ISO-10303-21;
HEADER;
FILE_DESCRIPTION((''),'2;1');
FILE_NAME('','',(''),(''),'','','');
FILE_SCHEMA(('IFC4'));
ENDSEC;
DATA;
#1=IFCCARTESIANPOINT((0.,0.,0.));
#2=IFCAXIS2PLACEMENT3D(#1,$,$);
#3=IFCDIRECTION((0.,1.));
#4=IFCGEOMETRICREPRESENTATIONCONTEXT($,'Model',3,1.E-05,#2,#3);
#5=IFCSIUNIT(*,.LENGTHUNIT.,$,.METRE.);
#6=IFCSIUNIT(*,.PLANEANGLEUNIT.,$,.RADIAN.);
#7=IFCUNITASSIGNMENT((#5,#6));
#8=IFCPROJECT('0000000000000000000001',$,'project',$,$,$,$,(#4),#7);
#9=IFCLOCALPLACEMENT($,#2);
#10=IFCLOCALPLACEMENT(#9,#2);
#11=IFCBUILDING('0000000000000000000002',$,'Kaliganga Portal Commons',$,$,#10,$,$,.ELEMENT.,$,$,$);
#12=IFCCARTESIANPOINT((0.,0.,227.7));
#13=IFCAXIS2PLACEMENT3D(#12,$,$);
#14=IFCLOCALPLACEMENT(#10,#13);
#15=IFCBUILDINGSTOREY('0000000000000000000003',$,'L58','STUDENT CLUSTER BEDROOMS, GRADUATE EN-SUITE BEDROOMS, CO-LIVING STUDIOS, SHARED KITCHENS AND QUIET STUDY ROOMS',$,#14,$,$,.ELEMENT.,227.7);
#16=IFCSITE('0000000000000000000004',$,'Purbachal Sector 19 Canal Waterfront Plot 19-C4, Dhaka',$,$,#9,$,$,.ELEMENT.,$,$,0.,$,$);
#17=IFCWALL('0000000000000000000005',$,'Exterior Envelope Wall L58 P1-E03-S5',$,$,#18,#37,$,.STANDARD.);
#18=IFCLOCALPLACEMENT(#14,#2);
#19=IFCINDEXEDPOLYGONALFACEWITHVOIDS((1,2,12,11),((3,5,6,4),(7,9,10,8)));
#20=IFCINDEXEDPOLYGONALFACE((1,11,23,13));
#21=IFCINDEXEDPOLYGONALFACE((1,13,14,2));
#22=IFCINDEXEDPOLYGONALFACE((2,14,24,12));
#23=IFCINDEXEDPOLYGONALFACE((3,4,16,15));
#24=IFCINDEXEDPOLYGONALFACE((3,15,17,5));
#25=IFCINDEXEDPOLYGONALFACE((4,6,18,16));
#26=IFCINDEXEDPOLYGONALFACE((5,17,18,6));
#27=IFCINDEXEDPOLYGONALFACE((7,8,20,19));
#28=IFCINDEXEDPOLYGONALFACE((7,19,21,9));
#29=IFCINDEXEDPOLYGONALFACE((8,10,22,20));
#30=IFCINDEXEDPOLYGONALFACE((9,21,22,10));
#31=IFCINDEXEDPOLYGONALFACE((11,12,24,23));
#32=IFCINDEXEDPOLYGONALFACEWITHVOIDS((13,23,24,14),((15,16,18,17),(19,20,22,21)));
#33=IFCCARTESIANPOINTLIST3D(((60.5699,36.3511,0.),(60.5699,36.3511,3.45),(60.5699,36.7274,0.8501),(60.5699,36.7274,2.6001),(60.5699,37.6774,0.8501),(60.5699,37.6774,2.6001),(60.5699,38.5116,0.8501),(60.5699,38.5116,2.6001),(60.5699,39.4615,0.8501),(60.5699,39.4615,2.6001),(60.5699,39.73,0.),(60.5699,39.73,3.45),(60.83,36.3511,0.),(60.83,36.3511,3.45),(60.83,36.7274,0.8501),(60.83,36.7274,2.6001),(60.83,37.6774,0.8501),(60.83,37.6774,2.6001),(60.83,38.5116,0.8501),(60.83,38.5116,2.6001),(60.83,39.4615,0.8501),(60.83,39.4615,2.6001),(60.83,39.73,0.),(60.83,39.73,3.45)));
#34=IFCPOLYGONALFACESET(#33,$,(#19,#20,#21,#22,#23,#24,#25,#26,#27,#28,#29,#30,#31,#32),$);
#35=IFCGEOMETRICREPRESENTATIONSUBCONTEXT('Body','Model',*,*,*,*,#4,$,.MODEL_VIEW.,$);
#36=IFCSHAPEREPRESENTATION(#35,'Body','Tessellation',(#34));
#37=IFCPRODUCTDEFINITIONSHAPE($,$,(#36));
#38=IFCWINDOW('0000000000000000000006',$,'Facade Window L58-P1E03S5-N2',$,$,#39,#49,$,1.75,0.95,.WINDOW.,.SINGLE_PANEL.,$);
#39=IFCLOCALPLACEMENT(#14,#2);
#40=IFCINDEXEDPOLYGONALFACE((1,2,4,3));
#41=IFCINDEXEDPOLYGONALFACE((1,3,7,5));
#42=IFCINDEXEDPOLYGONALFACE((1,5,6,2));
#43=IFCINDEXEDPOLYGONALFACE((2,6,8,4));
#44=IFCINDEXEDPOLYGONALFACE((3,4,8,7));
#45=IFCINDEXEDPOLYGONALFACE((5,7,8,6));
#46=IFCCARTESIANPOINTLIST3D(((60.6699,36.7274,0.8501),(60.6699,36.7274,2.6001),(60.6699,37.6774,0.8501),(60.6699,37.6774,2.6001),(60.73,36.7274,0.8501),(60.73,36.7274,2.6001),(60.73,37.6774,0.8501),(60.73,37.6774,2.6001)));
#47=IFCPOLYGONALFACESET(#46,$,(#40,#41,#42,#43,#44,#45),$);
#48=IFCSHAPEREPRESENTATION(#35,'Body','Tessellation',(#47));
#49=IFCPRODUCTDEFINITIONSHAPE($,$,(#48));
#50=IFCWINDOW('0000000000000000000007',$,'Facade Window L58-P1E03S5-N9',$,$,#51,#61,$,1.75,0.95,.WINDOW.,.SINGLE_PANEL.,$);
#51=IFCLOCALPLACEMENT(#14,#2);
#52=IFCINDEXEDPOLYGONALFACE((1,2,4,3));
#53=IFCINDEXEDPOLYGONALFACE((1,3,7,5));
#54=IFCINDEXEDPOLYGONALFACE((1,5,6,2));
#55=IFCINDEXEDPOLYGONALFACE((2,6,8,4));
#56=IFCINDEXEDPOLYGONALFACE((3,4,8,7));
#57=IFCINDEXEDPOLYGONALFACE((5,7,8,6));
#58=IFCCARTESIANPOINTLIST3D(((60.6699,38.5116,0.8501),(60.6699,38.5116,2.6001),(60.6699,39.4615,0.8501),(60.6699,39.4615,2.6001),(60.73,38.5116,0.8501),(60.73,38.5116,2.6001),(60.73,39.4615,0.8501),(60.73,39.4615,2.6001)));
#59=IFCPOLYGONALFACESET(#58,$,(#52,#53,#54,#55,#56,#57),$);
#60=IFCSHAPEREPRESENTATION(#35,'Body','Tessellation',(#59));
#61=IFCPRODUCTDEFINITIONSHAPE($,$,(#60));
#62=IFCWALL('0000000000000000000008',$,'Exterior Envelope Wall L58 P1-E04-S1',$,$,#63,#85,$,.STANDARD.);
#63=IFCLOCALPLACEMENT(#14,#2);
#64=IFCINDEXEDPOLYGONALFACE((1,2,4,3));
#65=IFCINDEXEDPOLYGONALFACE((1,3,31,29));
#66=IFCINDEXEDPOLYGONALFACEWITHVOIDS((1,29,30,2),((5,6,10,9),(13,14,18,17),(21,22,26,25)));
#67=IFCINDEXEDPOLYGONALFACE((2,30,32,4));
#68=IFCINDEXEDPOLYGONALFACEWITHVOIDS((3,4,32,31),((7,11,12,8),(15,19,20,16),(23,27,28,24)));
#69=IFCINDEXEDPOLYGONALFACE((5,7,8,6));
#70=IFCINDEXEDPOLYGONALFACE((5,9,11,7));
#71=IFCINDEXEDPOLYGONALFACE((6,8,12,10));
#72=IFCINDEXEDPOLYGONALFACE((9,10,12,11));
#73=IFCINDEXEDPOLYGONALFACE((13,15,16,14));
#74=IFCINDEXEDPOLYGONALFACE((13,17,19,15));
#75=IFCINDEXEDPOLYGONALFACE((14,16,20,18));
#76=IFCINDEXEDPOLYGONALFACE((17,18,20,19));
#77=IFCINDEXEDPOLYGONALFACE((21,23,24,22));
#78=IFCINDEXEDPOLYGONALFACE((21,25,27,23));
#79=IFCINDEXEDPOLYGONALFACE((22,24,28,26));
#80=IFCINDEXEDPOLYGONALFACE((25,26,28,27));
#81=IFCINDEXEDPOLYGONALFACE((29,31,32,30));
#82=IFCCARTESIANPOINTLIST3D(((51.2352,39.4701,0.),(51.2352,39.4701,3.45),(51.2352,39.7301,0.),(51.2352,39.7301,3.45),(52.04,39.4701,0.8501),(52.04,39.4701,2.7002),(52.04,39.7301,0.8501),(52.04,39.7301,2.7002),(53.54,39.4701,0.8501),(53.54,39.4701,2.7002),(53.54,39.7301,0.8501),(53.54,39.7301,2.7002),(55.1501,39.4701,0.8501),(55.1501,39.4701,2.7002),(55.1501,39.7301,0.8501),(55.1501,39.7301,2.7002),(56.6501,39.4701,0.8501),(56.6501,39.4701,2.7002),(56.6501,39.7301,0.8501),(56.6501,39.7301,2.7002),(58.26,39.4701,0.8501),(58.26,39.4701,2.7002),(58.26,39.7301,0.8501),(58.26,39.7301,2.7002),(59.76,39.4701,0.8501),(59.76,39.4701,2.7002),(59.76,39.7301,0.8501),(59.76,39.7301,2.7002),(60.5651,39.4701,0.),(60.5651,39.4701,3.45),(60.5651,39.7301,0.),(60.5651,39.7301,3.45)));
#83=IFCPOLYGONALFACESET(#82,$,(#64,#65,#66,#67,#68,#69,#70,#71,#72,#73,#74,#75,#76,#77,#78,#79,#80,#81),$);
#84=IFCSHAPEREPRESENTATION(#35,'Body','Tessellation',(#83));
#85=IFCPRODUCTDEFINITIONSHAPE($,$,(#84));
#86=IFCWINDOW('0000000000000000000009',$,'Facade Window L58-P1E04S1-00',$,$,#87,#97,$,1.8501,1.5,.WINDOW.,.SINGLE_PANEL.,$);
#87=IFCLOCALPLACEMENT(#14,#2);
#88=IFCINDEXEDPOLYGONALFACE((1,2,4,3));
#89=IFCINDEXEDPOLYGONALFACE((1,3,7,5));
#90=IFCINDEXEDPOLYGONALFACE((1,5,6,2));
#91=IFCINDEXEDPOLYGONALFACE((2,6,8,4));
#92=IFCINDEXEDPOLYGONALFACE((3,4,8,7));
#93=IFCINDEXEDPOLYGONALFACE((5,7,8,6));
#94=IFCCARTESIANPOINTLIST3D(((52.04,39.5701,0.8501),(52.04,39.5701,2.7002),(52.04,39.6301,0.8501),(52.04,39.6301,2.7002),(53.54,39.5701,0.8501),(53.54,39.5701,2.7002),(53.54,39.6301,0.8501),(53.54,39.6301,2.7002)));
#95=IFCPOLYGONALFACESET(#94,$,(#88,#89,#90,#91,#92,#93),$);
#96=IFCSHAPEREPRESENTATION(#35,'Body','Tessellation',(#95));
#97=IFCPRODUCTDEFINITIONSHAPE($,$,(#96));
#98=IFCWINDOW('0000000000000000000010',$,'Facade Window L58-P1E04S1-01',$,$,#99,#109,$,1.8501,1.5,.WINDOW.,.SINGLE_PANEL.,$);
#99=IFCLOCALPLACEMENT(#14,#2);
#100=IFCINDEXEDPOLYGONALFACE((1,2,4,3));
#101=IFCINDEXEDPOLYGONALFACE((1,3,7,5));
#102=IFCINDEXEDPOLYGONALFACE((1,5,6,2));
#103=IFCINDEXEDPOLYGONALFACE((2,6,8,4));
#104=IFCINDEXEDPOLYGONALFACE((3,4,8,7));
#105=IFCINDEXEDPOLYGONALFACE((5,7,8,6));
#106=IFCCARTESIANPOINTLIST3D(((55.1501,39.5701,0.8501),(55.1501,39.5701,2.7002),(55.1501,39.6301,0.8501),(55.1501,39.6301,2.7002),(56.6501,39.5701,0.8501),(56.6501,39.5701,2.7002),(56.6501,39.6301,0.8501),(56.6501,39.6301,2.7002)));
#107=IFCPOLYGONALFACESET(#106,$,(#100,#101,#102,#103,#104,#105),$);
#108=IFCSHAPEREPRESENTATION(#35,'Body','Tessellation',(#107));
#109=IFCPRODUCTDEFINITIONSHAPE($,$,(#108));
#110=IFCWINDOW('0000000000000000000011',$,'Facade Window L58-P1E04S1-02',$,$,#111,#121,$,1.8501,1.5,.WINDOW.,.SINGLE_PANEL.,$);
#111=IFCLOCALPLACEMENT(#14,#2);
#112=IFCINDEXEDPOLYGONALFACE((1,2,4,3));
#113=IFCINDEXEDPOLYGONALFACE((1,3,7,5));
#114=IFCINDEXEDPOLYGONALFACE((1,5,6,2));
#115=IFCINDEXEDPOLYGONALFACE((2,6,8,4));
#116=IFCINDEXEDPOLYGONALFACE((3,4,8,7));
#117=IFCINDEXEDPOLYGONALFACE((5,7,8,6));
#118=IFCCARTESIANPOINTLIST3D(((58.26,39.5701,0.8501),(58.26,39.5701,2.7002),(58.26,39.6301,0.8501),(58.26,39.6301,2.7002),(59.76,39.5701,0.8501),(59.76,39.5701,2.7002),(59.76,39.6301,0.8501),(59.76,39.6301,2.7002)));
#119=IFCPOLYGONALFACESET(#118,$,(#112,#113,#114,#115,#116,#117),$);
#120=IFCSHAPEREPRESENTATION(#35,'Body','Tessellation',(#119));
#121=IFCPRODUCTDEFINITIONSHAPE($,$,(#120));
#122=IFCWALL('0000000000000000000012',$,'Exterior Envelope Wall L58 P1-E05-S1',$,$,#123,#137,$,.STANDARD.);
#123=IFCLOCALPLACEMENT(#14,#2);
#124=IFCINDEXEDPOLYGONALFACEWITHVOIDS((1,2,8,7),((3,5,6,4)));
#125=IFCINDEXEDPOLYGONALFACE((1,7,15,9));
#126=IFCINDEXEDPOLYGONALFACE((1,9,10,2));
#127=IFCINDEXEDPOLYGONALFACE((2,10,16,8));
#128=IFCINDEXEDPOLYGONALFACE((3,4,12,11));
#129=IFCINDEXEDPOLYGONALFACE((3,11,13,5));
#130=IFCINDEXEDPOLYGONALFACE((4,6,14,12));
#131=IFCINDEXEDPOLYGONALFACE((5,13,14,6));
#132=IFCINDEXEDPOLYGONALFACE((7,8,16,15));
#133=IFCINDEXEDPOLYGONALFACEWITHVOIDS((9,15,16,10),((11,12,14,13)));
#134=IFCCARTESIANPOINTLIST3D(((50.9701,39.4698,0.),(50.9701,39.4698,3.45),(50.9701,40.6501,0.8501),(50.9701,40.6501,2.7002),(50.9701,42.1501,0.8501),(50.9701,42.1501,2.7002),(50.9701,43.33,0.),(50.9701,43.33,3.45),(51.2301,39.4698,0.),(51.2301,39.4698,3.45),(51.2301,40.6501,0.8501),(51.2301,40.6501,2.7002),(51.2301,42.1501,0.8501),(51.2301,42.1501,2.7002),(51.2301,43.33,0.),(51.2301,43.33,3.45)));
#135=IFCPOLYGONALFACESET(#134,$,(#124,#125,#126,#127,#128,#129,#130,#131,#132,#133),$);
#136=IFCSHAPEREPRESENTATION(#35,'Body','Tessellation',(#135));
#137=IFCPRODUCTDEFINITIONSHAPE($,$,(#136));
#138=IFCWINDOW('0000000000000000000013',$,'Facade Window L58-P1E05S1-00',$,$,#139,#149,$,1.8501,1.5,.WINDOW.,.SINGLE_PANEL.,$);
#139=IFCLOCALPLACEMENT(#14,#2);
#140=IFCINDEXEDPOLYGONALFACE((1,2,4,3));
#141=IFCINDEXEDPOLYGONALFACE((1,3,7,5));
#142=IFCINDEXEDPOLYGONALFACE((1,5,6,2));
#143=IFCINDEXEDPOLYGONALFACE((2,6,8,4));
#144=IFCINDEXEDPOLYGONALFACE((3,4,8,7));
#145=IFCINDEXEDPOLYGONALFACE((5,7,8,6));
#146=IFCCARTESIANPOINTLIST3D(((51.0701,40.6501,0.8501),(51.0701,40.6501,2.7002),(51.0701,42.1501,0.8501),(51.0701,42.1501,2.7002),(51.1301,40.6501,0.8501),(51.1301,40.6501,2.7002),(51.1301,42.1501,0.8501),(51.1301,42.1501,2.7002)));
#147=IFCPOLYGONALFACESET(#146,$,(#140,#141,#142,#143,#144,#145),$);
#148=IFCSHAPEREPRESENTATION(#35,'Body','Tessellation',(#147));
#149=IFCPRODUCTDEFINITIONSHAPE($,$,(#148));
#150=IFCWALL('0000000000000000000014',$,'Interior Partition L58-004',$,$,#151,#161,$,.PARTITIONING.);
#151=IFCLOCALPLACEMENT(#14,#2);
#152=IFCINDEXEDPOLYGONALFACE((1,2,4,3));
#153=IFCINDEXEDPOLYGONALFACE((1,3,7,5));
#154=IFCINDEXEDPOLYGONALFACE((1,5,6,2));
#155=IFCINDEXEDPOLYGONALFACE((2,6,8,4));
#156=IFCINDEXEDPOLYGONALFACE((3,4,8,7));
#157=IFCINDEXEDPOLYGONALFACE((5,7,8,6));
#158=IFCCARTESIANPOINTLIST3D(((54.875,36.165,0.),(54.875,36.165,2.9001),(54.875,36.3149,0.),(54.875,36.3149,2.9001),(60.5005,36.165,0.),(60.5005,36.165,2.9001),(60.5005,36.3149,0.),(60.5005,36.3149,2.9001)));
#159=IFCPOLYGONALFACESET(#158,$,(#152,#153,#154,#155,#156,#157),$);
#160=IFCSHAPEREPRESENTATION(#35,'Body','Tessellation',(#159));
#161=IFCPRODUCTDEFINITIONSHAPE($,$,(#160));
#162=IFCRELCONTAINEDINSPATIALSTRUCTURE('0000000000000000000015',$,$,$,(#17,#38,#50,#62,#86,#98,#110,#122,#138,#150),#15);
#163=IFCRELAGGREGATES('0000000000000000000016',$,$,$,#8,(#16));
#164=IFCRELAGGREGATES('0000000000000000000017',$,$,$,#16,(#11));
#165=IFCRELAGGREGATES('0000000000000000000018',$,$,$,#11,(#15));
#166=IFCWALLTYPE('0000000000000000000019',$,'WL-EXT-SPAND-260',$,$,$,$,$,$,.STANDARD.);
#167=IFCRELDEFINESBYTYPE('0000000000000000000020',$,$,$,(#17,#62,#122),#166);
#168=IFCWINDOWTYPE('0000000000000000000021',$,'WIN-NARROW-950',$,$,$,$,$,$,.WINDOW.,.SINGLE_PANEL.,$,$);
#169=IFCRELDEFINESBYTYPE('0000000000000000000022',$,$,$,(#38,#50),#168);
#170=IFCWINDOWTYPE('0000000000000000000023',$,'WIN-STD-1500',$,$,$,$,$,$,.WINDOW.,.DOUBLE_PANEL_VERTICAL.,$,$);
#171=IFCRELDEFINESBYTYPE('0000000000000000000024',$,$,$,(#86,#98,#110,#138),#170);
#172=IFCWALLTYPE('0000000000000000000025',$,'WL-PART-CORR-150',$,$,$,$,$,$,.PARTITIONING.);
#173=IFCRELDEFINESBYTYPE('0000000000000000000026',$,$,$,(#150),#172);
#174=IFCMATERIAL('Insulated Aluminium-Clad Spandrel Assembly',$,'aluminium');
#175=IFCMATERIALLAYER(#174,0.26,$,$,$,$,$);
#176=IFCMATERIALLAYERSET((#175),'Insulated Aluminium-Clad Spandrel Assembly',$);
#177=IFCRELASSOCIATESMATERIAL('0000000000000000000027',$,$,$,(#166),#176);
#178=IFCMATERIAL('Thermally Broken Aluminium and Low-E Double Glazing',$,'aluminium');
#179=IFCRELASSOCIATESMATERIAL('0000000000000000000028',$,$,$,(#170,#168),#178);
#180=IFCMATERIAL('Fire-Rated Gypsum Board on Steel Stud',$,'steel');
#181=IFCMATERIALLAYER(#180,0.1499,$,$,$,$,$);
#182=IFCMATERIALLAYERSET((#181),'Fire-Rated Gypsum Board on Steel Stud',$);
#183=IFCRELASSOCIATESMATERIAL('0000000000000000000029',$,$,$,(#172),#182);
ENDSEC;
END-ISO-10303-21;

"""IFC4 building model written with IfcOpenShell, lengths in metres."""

from ifc_helpers import new_model, si_unit, direction, frame, frame_2d, origin, place, context, subcontext, project, spatial, rectangle, extrude, material, layer, layer_set, type_object, element, fill, save


model = new_model("IFC4")

# Units and contexts
model_context = context("Model", 3, precision=1e-05, world=origin(), true_north=direction((0.0, 1.0)))
body_context = subcontext(model_context, "Body", "Model", "MODEL_VIEW")
ifc_project = project(units=[si_unit("LENGTHUNIT", "METRE"), si_unit("PLANEANGLEUNIT", "RADIAN")], contexts=[model_context])

# Site, building, storey
site_placement = place(None, origin())
site = spatial("IfcSite", under=ifc_project, at=site_placement, Name="Purbachal Sector 19 Canal Waterfront Plot 19-C4, Dhaka", CompositionType="ELEMENT", RefElevation=0.0)
building_placement = place(site_placement, origin())
building = spatial("IfcBuilding", under=site, at=building_placement, Name="Kaliganga Portal Commons", CompositionType="ELEMENT")
storey_placement = place(building_placement, frame((0.0, 0.0, 227.7)))
storey = spatial("IfcBuildingStorey", under=building, at=storey_placement, Name="L58", Description="STUDENT CLUSTER BEDROOMS, GRADUATE EN-SUITE BEDROOMS, CO-LIVING STUDIOS, SHARED KITCHENS AND QUIET STUDY ROOMS", CompositionType="ELEMENT", Elevation=227.7)

# Walls, openings, windows
ifc_material_1 = material(Name="Insulated Aluminium-Clad Spandrel Assembly", Category="aluminium")
ifc_layer_1 = layer(ifc_material_1, 0.26)
ifc_layer_set_1 = layer_set([ifc_layer_1], Name="Insulated Aluminium-Clad Spandrel Assembly")
wall_type_1 = type_object("IfcWallType", Name="WL-EXT-SPAND-260", PredefinedType="STANDARD", material=ifc_layer_set_1)
ifc_material_2 = material(Name="Thermally Broken Aluminium and Low-E Double Glazing", Category="aluminium")
window_type_1 = type_object("IfcWindowType", Name="WIN-STD-1500", PartitioningType="DOUBLE_PANEL_VERTICAL", PredefinedType="WINDOW", material=ifc_material_2)
wall_1_placement = place(storey_placement, frame((60.7, 39.73, 0.0), z_axis=(0.0, 0.0, 1.0), x_axis=(0.0, -1.0, 0.0)))
wall_1 = element("IfcWall", 1, at=wall_1_placement, inside=storey, type_object=wall_type_1, Name="Exterior Envelope Wall L58 P1-E03-S5", PredefinedType="STANDARD", context=body_context, shape_type="SweptSolid", body=[
    extrude(rectangle(XDim=3.3789, YDim=0.26, at=frame_2d((1.6895, 0.0))), origin(), (0.0, 0.0, 1.0), 3.45),
])
opening_1_placement = place(wall_1_placement, frame((2.0525, 0.0, 0.8501)))
opening_1 = element("IfcOpeningElement", 2, at=opening_1_placement, cuts=wall_1, PredefinedType="OPENING", context=body_context, shape_type="SweptSolid", body=[
    extrude(rectangle(XDim=0.95, YDim=1.75, at=frame_2d((0.4751, 0.875))), frame((0.0, 0.1401, 0.0), z_axis=(0.0, -1.0, 0.0), x_axis=(1.0, 0.0, 0.0)), (0.0, 0.0, 1.0), 0.28),
])
opening_2_placement = place(wall_1_placement, frame((0.2683, 0.0, 0.8501)))
opening_2 = element("IfcOpeningElement", 3, at=opening_2_placement, cuts=wall_1, PredefinedType="OPENING", context=body_context, shape_type="SweptSolid", body=[
    extrude(rectangle(XDim=0.95, YDim=1.75, at=frame_2d((0.4751, 0.875))), frame((0.0, 0.1401, 0.0), z_axis=(0.0, -1.0, 0.0), x_axis=(1.0, 0.0, 0.0)), (0.0, 0.0, 1.0), 0.28),
])
window_type_2 = type_object("IfcWindowType", Name="WIN-NARROW-950", PartitioningType="SINGLE_PANEL", PredefinedType="WINDOW", material=ifc_material_2)
window_1_placement = place(opening_1_placement, origin())
window_1 = element("IfcWindow", 4, at=window_1_placement, inside=storey, type_object=window_type_2, Name="Facade Window L58-P1E03S5-N2", OverallHeight=1.75, OverallWidth=0.95, PartitioningType="SINGLE_PANEL", PredefinedType="WINDOW", context=body_context, shape_type="SweptSolid", body=[
    extrude(rectangle(XDim=0.95, YDim=1.75, at=frame_2d((0.4751, 0.875))), frame((0.0, 0.03, 0.0), z_axis=(0.0, -1.0, 0.0), x_axis=(1.0, 0.0, 0.0)), (0.0, 0.0, 1.0), 0.0601),
])
fill(opening_1, window_1)
window_2_placement = place(opening_2_placement, origin())
window_2 = element("IfcWindow", 5, at=window_2_placement, inside=storey, type_object=window_type_2, Name="Facade Window L58-P1E03S5-N9", OverallHeight=1.75, OverallWidth=0.95, PartitioningType="SINGLE_PANEL", PredefinedType="WINDOW", context=body_context, shape_type="SweptSolid", body=[
    extrude(rectangle(XDim=0.95, YDim=1.75, at=frame_2d((0.4751, 0.875))), frame((0.0, 0.03, 0.0), z_axis=(0.0, -1.0, 0.0), x_axis=(1.0, 0.0, 0.0)), (0.0, 0.0, 1.0), 0.0601),
])
fill(opening_2, window_2)
wall_2_placement = place(storey_placement, frame((51.2351, 39.6001, 0.0), z_axis=(0.0, 0.0, 1.0), x_axis=(1.0, 0.0, 0.0)))
wall_2 = element("IfcWall", 6, at=wall_2_placement, inside=storey, type_object=wall_type_1, Name="Exterior Envelope Wall L58 P1-E04-S1", PredefinedType="STANDARD", context=body_context, shape_type="SweptSolid", body=[
    extrude(rectangle(XDim=9.3298, YDim=0.26, at=frame_2d((4.665, 0.0))), origin(), (0.0, 0.0, 1.0), 3.45),
])
opening_3_placement = place(wall_2_placement, frame((0.8049, 0.0, 0.8501)))
opening_3 = element("IfcOpeningElement", 7, at=opening_3_placement, cuts=wall_2, PredefinedType="OPENING", context=body_context, shape_type="SweptSolid", body=[
    extrude(rectangle(XDim=1.5, YDim=1.8501, at=frame_2d((0.75, 0.925))), frame((0.0, 0.1401, 0.0), z_axis=(0.0, -1.0, 0.0), x_axis=(1.0, 0.0, 0.0)), (0.0, 0.0, 1.0), 0.28),
])
opening_4_placement = place(wall_2_placement, frame((3.915, 0.0, 0.8501)))
opening_4 = element("IfcOpeningElement", 8, at=opening_4_placement, cuts=wall_2, PredefinedType="OPENING", context=body_context, shape_type="SweptSolid", body=[
    extrude(rectangle(XDim=1.5, YDim=1.8501, at=frame_2d((0.75, 0.925))), frame((0.0, 0.1401, 0.0), z_axis=(0.0, -1.0, 0.0), x_axis=(1.0, 0.0, 0.0)), (0.0, 0.0, 1.0), 0.28),
])
opening_5_placement = place(wall_2_placement, frame((7.0249, 0.0, 0.8501)))
opening_5 = element("IfcOpeningElement", 9, at=opening_5_placement, cuts=wall_2, PredefinedType="OPENING", context=body_context, shape_type="SweptSolid", body=[
    extrude(rectangle(XDim=1.5, YDim=1.8501, at=frame_2d((0.75, 0.925))), frame((0.0, 0.1401, 0.0), z_axis=(0.0, -1.0, 0.0), x_axis=(1.0, 0.0, 0.0)), (0.0, 0.0, 1.0), 0.28),
])
window_3_placement = place(opening_3_placement, origin())
window_3 = element("IfcWindow", 10, at=window_3_placement, inside=storey, type_object=window_type_1, Name="Facade Window L58-P1E04S1-00", OverallHeight=1.8501, OverallWidth=1.5, PartitioningType="SINGLE_PANEL", PredefinedType="WINDOW", context=body_context, shape_type="SweptSolid", body=[
    extrude(rectangle(XDim=1.5, YDim=1.8501, at=frame_2d((0.75, 0.925))), frame((0.0, 0.03, 0.0), z_axis=(0.0, -1.0, 0.0), x_axis=(1.0, 0.0, 0.0)), (0.0, 0.0, 1.0), 0.0601),
])
fill(opening_3, window_3)
window_4_placement = place(opening_4_placement, origin())
window_4 = element("IfcWindow", 11, at=window_4_placement, inside=storey, type_object=window_type_1, Name="Facade Window L58-P1E04S1-01", OverallHeight=1.8501, OverallWidth=1.5, PartitioningType="SINGLE_PANEL", PredefinedType="WINDOW", context=body_context, shape_type="SweptSolid", body=[
    extrude(rectangle(XDim=1.5, YDim=1.8501, at=frame_2d((0.75, 0.925))), frame((0.0, 0.03, 0.0), z_axis=(0.0, -1.0, 0.0), x_axis=(1.0, 0.0, 0.0)), (0.0, 0.0, 1.0), 0.0601),
])
fill(opening_4, window_4)
window_5_placement = place(opening_5_placement, origin())
window_5 = element("IfcWindow", 12, at=window_5_placement, inside=storey, type_object=window_type_1, Name="Facade Window L58-P1E04S1-02", OverallHeight=1.8501, OverallWidth=1.5, PartitioningType="SINGLE_PANEL", PredefinedType="WINDOW", context=body_context, shape_type="SweptSolid", body=[
    extrude(rectangle(XDim=1.5, YDim=1.8501, at=frame_2d((0.75, 0.925))), frame((0.0, 0.03, 0.0), z_axis=(0.0, -1.0, 0.0), x_axis=(1.0, 0.0, 0.0)), (0.0, 0.0, 1.0), 0.0601),
])
fill(opening_5, window_5)

# Wall, opening, window
wall_3_placement = place(storey_placement, frame((51.1001, 43.3301, 0.0), z_axis=(0.0, 0.0, 1.0), x_axis=(0.0, -1.0, 0.0)))
wall_3 = element("IfcWall", 13, at=wall_3_placement, inside=storey, type_object=wall_type_1, Name="Exterior Envelope Wall L58 P1-E05-S1", PredefinedType="STANDARD", context=body_context, shape_type="SweptSolid", body=[
    extrude(rectangle(XDim=3.8601, YDim=0.26, at=frame_2d((1.9302, 0.0))), origin(), (0.0, 0.0, 1.0), 3.45),
])
opening_6_placement = place(wall_3_placement, frame((1.1799, 0.0, 0.8501)))
opening_6 = element("IfcOpeningElement", 14, at=opening_6_placement, cuts=wall_3, PredefinedType="OPENING", context=body_context, shape_type="SweptSolid", body=[
    extrude(rectangle(XDim=1.5, YDim=1.8501, at=frame_2d((0.75, 0.925))), frame((0.0, 0.1401, 0.0), z_axis=(0.0, -1.0, 0.0), x_axis=(1.0, 0.0, 0.0)), (0.0, 0.0, 1.0), 0.28),
])
window_6_placement = place(opening_6_placement, origin())
window_6 = element("IfcWindow", 15, at=window_6_placement, inside=storey, type_object=window_type_1, Name="Facade Window L58-P1E05S1-00", OverallHeight=1.8501, OverallWidth=1.5, PartitioningType="SINGLE_PANEL", PredefinedType="WINDOW", context=body_context, shape_type="SweptSolid", body=[
    extrude(rectangle(XDim=1.5, YDim=1.8501, at=frame_2d((0.75, 0.925))), frame((0.0, 0.03, 0.0), z_axis=(0.0, -1.0, 0.0), x_axis=(1.0, 0.0, 0.0)), (0.0, 0.0, 1.0), 0.0601),
])
fill(opening_6, window_6)

# Shared definitions
ifc_material_3 = material(Name="Fire-Rated Gypsum Board on Steel Stud", Category="steel")
ifc_layer_2 = layer(ifc_material_3, 0.1499)
ifc_layer_set_2 = layer_set([ifc_layer_2], Name="Fire-Rated Gypsum Board on Steel Stud")
wall_type_2 = type_object("IfcWallType", Name="WL-PART-CORR-150", PredefinedType="PARTITIONING", material=ifc_layer_set_2)

# Wall
wall_4_placement = place(storey_placement, frame((54.875, 36.24, 0.0), z_axis=(0.0, 0.0, 1.0), x_axis=(1.0, 0.0, 0.0)))
element("IfcWall", 16, at=wall_4_placement, inside=storey, type_object=wall_type_2, Name="Interior Partition L58-004", PredefinedType="PARTITIONING", context=body_context, shape_type="SweptSolid", body=[
    extrude(rectangle(XDim=5.6255, YDim=0.1499, at=frame_2d((2.8127, 0.0))), origin(), (0.0, 0.0, 1.0), 2.9001),
])

save(model, "model.ifc")
